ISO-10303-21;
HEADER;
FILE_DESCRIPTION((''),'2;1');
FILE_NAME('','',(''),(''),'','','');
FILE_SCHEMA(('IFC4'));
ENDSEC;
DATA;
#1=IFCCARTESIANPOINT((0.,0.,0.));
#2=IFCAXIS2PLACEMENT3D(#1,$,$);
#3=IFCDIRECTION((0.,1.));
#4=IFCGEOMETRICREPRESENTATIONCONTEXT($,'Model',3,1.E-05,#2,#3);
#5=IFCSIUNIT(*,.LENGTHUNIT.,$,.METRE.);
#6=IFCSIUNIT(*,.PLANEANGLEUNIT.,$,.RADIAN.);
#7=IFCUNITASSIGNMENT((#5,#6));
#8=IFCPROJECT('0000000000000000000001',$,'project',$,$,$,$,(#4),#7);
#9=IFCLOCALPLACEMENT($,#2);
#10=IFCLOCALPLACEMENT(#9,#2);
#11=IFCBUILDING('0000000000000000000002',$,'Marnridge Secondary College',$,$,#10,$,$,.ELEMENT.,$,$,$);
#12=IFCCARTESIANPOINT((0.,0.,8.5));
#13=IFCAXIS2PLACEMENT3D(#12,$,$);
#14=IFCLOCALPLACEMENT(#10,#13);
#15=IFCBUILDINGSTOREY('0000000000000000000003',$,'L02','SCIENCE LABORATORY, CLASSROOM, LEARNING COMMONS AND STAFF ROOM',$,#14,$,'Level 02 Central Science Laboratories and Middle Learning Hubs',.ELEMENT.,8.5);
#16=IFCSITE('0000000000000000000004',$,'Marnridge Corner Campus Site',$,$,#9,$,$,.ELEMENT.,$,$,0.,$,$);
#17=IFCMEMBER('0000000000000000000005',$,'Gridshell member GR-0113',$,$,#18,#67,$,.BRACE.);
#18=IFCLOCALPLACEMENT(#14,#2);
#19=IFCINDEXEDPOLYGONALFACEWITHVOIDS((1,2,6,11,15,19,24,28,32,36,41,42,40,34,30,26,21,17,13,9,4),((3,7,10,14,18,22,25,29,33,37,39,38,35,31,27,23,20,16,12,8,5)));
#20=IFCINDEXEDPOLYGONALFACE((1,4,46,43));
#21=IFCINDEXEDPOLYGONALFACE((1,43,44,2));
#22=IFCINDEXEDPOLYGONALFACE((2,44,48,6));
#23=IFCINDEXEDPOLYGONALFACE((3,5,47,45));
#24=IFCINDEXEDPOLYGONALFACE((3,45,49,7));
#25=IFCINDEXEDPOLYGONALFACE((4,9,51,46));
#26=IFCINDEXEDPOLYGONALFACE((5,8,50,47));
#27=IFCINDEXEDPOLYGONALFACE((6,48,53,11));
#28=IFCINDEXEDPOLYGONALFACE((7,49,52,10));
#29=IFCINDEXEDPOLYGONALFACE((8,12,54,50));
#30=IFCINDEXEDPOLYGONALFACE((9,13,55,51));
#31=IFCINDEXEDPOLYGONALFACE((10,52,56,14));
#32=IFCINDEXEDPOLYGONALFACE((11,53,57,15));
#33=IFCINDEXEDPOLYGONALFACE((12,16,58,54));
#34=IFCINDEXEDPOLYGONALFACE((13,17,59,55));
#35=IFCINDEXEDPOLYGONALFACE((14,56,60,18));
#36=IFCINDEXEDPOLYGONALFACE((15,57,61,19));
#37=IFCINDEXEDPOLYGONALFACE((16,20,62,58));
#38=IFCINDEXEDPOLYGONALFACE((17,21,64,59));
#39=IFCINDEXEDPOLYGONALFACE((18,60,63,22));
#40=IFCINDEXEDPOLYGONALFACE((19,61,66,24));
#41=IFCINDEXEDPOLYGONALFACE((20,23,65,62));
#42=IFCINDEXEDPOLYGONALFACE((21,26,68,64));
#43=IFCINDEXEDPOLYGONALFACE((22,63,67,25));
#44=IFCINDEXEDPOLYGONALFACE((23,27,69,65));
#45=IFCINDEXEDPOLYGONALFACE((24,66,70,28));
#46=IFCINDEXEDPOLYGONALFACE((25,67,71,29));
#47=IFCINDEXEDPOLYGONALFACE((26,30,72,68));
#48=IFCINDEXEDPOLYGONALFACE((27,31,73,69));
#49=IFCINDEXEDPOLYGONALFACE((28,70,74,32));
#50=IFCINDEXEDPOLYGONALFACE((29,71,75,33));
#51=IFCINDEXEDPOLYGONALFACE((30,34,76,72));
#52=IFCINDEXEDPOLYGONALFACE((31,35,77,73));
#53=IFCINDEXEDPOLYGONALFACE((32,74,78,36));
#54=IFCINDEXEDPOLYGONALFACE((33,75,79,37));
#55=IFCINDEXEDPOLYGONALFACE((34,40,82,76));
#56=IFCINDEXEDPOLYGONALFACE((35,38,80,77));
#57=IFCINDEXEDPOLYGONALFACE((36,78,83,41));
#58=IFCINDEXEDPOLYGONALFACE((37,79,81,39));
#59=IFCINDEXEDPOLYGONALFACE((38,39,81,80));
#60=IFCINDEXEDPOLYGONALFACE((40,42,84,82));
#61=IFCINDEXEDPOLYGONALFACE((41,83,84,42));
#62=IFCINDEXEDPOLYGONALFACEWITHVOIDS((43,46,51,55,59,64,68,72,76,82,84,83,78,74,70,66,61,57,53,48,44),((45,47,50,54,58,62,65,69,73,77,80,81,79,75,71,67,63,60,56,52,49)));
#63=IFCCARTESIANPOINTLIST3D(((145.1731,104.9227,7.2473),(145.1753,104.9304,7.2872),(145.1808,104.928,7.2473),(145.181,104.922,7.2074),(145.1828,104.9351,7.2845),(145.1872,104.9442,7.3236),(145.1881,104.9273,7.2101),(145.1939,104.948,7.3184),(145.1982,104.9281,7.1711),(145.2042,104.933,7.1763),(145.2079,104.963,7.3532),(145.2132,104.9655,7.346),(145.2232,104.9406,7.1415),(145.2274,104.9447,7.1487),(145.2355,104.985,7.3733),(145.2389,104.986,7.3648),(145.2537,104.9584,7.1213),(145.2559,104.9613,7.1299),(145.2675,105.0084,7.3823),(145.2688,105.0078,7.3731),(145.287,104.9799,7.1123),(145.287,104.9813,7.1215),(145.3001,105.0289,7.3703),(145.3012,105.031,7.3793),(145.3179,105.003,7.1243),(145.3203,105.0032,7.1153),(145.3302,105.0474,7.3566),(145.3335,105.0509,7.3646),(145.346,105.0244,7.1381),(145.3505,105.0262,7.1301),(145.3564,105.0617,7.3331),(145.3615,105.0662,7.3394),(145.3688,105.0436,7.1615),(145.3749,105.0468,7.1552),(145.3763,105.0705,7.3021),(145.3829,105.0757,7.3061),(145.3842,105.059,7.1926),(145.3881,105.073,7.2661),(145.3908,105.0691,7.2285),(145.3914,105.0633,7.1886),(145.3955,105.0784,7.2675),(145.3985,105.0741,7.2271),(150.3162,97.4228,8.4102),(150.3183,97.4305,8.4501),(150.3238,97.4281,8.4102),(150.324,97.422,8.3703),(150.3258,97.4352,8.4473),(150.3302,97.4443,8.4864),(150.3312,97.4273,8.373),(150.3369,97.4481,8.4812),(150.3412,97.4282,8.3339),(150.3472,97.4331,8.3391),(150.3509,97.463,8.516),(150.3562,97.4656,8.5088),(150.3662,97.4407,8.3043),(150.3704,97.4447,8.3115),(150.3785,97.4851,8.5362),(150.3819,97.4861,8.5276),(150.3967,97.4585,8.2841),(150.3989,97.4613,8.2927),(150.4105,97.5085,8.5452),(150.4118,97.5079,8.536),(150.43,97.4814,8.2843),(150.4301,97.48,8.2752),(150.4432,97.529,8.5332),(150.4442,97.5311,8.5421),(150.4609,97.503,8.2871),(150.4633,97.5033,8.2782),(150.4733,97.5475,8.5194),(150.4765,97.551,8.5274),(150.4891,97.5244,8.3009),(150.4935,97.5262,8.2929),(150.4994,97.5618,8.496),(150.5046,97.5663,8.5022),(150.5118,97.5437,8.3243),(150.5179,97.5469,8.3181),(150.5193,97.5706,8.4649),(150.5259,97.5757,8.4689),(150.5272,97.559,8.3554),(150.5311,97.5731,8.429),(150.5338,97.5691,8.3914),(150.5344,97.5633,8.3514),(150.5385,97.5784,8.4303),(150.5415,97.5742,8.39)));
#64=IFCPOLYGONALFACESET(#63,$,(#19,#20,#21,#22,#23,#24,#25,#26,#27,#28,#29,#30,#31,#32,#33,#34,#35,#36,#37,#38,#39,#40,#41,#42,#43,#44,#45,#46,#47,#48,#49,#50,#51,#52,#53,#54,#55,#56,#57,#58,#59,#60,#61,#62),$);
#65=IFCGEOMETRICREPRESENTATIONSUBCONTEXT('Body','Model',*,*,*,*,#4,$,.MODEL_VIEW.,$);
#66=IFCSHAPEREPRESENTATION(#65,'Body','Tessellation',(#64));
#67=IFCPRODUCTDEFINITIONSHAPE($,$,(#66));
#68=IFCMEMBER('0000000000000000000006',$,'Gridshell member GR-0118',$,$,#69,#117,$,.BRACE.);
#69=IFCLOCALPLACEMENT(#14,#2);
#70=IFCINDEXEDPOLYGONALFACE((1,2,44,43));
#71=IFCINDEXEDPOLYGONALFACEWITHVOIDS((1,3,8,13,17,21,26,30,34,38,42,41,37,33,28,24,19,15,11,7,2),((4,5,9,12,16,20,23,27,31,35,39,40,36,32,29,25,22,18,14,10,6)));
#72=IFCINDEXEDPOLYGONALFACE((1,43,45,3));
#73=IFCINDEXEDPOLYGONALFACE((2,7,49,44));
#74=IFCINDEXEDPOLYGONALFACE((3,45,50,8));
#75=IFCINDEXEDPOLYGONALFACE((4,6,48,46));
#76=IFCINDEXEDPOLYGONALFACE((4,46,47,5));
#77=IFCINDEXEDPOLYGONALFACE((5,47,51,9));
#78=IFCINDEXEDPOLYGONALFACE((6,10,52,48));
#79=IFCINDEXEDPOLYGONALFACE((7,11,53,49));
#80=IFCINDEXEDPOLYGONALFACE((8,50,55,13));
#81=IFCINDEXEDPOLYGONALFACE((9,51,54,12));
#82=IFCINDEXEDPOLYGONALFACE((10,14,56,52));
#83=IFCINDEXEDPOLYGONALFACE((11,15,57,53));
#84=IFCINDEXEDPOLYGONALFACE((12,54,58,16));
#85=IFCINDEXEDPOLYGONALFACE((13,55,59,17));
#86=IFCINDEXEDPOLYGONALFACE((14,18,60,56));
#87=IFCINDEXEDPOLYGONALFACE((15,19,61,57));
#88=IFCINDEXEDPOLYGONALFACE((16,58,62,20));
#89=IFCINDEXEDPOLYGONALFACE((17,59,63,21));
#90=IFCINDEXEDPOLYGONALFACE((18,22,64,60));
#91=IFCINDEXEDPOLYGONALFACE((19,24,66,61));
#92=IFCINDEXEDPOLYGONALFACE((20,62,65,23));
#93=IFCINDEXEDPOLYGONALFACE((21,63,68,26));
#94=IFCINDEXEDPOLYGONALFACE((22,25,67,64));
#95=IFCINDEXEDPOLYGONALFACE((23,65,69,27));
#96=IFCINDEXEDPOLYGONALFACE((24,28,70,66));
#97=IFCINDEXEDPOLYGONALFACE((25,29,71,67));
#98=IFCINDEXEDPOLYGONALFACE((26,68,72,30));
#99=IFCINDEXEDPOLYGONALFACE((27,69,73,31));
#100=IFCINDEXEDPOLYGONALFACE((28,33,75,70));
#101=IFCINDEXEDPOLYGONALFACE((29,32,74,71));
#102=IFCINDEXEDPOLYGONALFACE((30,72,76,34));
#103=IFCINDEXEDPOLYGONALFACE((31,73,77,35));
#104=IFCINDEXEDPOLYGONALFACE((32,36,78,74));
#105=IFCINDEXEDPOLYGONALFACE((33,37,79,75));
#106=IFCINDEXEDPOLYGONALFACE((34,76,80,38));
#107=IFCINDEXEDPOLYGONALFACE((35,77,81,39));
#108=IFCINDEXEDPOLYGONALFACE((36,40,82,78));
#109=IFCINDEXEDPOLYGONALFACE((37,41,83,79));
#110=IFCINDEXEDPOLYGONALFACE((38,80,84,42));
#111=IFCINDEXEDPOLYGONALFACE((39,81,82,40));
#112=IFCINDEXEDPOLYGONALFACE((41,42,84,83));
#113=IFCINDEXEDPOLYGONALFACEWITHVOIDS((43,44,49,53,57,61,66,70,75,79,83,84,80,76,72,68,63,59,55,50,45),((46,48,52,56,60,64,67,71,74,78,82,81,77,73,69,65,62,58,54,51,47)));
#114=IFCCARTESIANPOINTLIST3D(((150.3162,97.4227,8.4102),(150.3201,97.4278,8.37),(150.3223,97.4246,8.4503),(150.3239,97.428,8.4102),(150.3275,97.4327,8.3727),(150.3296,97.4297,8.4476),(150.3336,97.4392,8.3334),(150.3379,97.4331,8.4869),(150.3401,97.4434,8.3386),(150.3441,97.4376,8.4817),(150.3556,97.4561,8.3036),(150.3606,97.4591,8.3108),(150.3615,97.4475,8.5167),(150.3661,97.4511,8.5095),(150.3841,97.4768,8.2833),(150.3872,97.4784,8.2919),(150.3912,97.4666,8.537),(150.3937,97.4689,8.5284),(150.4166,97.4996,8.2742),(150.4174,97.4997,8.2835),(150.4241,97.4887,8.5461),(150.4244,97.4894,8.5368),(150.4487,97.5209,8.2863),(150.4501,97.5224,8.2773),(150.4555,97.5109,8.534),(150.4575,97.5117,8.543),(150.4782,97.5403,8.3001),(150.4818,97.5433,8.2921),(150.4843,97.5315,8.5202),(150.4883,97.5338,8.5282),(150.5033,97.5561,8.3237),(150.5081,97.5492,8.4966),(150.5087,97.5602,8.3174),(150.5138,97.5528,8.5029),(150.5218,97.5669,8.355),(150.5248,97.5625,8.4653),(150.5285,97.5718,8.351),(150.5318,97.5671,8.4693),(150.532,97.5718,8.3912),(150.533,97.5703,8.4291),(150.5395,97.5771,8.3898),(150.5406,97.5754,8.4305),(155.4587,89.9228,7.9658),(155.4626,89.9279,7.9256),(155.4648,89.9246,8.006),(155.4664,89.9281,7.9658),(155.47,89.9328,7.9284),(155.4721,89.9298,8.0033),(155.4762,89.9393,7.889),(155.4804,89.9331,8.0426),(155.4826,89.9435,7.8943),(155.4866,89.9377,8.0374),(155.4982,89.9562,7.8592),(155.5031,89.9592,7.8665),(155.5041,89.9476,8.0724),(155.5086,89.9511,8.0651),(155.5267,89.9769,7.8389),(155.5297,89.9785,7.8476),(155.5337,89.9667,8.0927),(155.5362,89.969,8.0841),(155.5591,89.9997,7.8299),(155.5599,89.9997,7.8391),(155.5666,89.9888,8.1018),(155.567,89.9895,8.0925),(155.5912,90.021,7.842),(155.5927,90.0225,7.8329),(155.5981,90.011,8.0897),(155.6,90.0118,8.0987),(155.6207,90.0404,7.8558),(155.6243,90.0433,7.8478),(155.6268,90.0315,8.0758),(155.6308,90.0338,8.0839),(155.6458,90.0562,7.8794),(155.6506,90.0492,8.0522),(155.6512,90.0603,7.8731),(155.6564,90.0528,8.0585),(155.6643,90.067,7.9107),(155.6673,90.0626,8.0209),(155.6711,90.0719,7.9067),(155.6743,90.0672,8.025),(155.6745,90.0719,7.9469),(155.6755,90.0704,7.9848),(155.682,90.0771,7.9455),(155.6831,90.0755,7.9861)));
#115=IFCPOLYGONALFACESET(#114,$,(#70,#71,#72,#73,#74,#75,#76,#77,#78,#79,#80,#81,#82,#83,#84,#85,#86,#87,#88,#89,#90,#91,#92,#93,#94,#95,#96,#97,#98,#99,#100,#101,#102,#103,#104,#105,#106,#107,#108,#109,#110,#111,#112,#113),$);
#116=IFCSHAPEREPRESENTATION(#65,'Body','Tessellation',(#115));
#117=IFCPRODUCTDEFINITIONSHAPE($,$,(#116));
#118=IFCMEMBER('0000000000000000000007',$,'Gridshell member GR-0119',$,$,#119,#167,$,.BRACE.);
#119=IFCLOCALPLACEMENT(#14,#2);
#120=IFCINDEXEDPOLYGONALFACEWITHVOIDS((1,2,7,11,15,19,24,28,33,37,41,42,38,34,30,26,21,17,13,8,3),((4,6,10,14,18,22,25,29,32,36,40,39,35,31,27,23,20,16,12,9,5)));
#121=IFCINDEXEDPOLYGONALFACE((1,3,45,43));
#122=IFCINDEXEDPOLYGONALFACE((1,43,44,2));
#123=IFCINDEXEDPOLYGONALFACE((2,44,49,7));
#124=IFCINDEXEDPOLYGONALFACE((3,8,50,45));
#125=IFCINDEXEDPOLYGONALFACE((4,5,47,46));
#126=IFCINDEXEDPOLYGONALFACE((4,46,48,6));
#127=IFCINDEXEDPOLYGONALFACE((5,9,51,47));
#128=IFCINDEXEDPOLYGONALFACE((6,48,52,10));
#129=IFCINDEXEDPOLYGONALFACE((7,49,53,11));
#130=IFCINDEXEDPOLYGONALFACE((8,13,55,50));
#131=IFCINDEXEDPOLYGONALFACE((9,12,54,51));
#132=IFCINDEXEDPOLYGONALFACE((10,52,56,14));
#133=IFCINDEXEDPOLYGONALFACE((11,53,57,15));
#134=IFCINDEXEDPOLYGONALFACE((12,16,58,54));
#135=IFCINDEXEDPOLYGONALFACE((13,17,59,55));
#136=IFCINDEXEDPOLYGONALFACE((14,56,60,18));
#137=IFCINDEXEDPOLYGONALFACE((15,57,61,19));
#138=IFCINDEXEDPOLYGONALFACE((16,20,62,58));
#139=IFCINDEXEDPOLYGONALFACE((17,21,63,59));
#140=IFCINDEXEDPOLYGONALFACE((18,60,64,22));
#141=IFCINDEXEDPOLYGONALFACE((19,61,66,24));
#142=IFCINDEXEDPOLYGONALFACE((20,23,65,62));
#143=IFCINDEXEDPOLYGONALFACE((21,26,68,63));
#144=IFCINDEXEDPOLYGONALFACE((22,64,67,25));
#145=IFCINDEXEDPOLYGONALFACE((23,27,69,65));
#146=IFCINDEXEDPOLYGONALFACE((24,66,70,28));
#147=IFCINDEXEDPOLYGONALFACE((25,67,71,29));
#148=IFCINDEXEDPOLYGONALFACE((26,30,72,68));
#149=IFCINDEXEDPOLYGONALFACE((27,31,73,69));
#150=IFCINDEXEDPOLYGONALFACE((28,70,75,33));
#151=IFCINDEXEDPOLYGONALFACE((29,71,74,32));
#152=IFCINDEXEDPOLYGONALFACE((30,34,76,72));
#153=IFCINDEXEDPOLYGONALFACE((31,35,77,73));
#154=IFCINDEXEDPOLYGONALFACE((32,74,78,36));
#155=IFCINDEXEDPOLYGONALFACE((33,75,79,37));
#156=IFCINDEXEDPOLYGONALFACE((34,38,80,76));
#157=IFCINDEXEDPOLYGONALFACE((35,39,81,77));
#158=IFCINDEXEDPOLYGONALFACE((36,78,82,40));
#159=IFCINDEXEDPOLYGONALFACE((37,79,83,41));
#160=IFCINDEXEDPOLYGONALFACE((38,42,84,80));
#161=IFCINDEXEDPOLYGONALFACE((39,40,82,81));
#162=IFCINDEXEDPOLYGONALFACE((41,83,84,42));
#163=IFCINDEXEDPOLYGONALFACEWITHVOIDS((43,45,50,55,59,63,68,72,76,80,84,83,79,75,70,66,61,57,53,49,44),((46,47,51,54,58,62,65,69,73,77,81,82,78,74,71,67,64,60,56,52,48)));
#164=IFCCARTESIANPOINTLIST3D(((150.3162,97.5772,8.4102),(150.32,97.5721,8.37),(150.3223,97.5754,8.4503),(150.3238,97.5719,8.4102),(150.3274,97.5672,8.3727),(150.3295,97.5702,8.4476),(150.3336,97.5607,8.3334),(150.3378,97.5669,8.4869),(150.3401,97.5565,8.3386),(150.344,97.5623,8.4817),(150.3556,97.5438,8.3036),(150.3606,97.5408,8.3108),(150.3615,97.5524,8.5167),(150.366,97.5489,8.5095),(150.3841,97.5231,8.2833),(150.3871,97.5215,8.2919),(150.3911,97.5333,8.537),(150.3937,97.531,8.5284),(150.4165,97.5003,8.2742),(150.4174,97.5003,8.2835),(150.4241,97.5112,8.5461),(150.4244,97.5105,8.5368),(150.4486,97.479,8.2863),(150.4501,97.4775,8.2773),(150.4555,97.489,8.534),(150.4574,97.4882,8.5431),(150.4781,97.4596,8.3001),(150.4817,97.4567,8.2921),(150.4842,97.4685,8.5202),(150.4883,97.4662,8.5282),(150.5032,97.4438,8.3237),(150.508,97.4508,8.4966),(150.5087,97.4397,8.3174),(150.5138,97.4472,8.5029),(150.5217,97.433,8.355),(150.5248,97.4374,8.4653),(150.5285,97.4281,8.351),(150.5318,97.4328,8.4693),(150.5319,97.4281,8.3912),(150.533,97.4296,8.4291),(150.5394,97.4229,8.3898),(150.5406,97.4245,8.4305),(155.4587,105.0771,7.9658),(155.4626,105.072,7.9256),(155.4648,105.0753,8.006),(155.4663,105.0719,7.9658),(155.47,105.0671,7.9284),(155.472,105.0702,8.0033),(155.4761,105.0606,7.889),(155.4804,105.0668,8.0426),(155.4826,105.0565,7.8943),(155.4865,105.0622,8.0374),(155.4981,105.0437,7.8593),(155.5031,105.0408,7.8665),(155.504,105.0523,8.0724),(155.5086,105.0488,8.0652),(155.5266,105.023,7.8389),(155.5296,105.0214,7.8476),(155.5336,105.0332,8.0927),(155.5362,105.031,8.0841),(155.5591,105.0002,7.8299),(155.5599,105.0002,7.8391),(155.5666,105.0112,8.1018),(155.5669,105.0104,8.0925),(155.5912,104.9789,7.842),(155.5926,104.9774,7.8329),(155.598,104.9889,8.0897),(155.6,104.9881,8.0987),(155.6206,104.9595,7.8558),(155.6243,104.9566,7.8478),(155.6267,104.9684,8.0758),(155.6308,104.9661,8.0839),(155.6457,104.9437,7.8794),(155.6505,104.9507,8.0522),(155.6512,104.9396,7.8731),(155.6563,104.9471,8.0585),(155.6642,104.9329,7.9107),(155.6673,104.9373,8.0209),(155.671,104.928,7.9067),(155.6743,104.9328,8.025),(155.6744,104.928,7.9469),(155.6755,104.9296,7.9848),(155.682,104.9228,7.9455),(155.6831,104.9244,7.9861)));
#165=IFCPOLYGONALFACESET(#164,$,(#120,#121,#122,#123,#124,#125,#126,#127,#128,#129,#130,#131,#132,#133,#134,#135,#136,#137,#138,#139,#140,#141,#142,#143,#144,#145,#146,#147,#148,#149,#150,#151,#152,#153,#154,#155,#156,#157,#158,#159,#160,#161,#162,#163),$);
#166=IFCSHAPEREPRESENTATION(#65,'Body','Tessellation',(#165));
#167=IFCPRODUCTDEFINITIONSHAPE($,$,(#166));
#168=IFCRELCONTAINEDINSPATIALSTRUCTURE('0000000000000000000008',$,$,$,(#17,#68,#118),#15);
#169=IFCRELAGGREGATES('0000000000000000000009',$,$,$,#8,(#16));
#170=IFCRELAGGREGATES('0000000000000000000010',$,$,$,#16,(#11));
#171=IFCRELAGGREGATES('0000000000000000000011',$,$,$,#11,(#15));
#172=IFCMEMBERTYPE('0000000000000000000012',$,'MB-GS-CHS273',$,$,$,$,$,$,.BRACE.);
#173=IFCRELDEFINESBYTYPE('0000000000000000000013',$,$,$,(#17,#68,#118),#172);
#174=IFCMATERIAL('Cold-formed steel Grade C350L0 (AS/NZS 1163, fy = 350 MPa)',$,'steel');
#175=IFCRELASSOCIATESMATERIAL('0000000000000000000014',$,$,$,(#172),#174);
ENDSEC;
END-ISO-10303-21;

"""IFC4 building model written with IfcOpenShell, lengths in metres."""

from ifc_helpers import new_model, si_unit, direction, frame, origin, origin_2d, place, context, subcontext, project, spatial, hollow_circle, extrude, material, material_profile, profile_set, type_object, element, save


model = new_model("IFC4")

# Units and contexts
model_context = context("Model", 3, precision=1e-05, world=origin(), true_north=direction((0.0, 1.0)))
body_context = subcontext(model_context, "Body", "Model", "MODEL_VIEW")
ifc_project = project(units=[si_unit("LENGTHUNIT", "METRE"), si_unit("PLANEANGLEUNIT", "RADIAN")], contexts=[model_context])

# Site, building, storey
site_placement = place(None, origin())
site = spatial("IfcSite", under=ifc_project, at=site_placement, Name="Marnridge Corner Campus Site", CompositionType="ELEMENT", RefElevation=0.0)
building_placement = place(site_placement, origin())
building = spatial("IfcBuilding", under=site, at=building_placement, Name="Marnridge Secondary College", CompositionType="ELEMENT")
storey_placement = place(building_placement, frame((0.0, 0.0, 8.5)))
storey = spatial("IfcBuildingStorey", under=building, at=storey_placement, Name="L02", Description="SCIENCE LABORATORY, CLASSROOM, LEARNING COMMONS AND STAFF ROOM", LongName="Level 02 Central Science Laboratories and Middle Learning Hubs", CompositionType="ELEMENT", Elevation=8.5)

# Members
ifc_material_1 = material(Name="Cold-formed steel Grade C350L0 (AS/NZS 1163, fy = 350 MPa)", Category="steel")
ifc_material_profile_1 = material_profile(ifc_material_1, hollow_circle(Radius=0.1365, WallThickness=0.0093, at=origin_2d()), Name="273.1x9.3CHS")
ifc_profile_set_1 = profile_set([ifc_material_profile_1], Name="Cold-formed steel Grade C350L0 (AS/NZS 1163, fy = 350 MPa)")
member_type_1 = type_object("IfcMemberType", Name="MB-GS-CHS273", PredefinedType="BRACE", material=ifc_profile_set_1)
member_1_placement = place(storey_placement, frame((150.4287, 97.5, 8.4102), z_axis=(-0.560976, 0.818057, -0.126836), x_axis=(-0.824718, -0.565544, 0.0)))
element("IfcMember", 1, at=member_1_placement, inside=storey, type_object=member_type_1, Name="Gridshell member GR-0113", PredefinedType="BRACE", context=body_context, shape_type="SweptSolid", body=[
    extrude(hollow_circle(Radius=0.1365, WallThickness=0.0093, at=origin_2d()), origin(), (0.0, 0.0, 1.0), 9.168),
])
for number, where, z_axis, x_axis, name in (
    (2, (155.5713, 90.0, 7.9658), (-0.564834, 0.82376, 0.048804), (-0.824743, -0.565507, 0.0), "Gridshell member GR-0118"),
    (3, (150.4287, 97.5, 8.4102), (0.564834, 0.82376, -0.048804), (-0.824743, 0.565507, 0.0), "Gridshell member GR-0119"),
):
    element("IfcMember", number, at=place(storey_placement, frame(where, z_axis=z_axis, x_axis=x_axis)), inside=storey, type_object=member_type_1, Name=name, PredefinedType="BRACE", context=body_context, shape_type="SweptSolid", body=[
        extrude(hollow_circle(Radius=0.1365, WallThickness=0.0093, at=origin_2d()), origin(), (0.0, 0.0, 1.0), 9.1045),
    ])

save(model, "model.ifc")
